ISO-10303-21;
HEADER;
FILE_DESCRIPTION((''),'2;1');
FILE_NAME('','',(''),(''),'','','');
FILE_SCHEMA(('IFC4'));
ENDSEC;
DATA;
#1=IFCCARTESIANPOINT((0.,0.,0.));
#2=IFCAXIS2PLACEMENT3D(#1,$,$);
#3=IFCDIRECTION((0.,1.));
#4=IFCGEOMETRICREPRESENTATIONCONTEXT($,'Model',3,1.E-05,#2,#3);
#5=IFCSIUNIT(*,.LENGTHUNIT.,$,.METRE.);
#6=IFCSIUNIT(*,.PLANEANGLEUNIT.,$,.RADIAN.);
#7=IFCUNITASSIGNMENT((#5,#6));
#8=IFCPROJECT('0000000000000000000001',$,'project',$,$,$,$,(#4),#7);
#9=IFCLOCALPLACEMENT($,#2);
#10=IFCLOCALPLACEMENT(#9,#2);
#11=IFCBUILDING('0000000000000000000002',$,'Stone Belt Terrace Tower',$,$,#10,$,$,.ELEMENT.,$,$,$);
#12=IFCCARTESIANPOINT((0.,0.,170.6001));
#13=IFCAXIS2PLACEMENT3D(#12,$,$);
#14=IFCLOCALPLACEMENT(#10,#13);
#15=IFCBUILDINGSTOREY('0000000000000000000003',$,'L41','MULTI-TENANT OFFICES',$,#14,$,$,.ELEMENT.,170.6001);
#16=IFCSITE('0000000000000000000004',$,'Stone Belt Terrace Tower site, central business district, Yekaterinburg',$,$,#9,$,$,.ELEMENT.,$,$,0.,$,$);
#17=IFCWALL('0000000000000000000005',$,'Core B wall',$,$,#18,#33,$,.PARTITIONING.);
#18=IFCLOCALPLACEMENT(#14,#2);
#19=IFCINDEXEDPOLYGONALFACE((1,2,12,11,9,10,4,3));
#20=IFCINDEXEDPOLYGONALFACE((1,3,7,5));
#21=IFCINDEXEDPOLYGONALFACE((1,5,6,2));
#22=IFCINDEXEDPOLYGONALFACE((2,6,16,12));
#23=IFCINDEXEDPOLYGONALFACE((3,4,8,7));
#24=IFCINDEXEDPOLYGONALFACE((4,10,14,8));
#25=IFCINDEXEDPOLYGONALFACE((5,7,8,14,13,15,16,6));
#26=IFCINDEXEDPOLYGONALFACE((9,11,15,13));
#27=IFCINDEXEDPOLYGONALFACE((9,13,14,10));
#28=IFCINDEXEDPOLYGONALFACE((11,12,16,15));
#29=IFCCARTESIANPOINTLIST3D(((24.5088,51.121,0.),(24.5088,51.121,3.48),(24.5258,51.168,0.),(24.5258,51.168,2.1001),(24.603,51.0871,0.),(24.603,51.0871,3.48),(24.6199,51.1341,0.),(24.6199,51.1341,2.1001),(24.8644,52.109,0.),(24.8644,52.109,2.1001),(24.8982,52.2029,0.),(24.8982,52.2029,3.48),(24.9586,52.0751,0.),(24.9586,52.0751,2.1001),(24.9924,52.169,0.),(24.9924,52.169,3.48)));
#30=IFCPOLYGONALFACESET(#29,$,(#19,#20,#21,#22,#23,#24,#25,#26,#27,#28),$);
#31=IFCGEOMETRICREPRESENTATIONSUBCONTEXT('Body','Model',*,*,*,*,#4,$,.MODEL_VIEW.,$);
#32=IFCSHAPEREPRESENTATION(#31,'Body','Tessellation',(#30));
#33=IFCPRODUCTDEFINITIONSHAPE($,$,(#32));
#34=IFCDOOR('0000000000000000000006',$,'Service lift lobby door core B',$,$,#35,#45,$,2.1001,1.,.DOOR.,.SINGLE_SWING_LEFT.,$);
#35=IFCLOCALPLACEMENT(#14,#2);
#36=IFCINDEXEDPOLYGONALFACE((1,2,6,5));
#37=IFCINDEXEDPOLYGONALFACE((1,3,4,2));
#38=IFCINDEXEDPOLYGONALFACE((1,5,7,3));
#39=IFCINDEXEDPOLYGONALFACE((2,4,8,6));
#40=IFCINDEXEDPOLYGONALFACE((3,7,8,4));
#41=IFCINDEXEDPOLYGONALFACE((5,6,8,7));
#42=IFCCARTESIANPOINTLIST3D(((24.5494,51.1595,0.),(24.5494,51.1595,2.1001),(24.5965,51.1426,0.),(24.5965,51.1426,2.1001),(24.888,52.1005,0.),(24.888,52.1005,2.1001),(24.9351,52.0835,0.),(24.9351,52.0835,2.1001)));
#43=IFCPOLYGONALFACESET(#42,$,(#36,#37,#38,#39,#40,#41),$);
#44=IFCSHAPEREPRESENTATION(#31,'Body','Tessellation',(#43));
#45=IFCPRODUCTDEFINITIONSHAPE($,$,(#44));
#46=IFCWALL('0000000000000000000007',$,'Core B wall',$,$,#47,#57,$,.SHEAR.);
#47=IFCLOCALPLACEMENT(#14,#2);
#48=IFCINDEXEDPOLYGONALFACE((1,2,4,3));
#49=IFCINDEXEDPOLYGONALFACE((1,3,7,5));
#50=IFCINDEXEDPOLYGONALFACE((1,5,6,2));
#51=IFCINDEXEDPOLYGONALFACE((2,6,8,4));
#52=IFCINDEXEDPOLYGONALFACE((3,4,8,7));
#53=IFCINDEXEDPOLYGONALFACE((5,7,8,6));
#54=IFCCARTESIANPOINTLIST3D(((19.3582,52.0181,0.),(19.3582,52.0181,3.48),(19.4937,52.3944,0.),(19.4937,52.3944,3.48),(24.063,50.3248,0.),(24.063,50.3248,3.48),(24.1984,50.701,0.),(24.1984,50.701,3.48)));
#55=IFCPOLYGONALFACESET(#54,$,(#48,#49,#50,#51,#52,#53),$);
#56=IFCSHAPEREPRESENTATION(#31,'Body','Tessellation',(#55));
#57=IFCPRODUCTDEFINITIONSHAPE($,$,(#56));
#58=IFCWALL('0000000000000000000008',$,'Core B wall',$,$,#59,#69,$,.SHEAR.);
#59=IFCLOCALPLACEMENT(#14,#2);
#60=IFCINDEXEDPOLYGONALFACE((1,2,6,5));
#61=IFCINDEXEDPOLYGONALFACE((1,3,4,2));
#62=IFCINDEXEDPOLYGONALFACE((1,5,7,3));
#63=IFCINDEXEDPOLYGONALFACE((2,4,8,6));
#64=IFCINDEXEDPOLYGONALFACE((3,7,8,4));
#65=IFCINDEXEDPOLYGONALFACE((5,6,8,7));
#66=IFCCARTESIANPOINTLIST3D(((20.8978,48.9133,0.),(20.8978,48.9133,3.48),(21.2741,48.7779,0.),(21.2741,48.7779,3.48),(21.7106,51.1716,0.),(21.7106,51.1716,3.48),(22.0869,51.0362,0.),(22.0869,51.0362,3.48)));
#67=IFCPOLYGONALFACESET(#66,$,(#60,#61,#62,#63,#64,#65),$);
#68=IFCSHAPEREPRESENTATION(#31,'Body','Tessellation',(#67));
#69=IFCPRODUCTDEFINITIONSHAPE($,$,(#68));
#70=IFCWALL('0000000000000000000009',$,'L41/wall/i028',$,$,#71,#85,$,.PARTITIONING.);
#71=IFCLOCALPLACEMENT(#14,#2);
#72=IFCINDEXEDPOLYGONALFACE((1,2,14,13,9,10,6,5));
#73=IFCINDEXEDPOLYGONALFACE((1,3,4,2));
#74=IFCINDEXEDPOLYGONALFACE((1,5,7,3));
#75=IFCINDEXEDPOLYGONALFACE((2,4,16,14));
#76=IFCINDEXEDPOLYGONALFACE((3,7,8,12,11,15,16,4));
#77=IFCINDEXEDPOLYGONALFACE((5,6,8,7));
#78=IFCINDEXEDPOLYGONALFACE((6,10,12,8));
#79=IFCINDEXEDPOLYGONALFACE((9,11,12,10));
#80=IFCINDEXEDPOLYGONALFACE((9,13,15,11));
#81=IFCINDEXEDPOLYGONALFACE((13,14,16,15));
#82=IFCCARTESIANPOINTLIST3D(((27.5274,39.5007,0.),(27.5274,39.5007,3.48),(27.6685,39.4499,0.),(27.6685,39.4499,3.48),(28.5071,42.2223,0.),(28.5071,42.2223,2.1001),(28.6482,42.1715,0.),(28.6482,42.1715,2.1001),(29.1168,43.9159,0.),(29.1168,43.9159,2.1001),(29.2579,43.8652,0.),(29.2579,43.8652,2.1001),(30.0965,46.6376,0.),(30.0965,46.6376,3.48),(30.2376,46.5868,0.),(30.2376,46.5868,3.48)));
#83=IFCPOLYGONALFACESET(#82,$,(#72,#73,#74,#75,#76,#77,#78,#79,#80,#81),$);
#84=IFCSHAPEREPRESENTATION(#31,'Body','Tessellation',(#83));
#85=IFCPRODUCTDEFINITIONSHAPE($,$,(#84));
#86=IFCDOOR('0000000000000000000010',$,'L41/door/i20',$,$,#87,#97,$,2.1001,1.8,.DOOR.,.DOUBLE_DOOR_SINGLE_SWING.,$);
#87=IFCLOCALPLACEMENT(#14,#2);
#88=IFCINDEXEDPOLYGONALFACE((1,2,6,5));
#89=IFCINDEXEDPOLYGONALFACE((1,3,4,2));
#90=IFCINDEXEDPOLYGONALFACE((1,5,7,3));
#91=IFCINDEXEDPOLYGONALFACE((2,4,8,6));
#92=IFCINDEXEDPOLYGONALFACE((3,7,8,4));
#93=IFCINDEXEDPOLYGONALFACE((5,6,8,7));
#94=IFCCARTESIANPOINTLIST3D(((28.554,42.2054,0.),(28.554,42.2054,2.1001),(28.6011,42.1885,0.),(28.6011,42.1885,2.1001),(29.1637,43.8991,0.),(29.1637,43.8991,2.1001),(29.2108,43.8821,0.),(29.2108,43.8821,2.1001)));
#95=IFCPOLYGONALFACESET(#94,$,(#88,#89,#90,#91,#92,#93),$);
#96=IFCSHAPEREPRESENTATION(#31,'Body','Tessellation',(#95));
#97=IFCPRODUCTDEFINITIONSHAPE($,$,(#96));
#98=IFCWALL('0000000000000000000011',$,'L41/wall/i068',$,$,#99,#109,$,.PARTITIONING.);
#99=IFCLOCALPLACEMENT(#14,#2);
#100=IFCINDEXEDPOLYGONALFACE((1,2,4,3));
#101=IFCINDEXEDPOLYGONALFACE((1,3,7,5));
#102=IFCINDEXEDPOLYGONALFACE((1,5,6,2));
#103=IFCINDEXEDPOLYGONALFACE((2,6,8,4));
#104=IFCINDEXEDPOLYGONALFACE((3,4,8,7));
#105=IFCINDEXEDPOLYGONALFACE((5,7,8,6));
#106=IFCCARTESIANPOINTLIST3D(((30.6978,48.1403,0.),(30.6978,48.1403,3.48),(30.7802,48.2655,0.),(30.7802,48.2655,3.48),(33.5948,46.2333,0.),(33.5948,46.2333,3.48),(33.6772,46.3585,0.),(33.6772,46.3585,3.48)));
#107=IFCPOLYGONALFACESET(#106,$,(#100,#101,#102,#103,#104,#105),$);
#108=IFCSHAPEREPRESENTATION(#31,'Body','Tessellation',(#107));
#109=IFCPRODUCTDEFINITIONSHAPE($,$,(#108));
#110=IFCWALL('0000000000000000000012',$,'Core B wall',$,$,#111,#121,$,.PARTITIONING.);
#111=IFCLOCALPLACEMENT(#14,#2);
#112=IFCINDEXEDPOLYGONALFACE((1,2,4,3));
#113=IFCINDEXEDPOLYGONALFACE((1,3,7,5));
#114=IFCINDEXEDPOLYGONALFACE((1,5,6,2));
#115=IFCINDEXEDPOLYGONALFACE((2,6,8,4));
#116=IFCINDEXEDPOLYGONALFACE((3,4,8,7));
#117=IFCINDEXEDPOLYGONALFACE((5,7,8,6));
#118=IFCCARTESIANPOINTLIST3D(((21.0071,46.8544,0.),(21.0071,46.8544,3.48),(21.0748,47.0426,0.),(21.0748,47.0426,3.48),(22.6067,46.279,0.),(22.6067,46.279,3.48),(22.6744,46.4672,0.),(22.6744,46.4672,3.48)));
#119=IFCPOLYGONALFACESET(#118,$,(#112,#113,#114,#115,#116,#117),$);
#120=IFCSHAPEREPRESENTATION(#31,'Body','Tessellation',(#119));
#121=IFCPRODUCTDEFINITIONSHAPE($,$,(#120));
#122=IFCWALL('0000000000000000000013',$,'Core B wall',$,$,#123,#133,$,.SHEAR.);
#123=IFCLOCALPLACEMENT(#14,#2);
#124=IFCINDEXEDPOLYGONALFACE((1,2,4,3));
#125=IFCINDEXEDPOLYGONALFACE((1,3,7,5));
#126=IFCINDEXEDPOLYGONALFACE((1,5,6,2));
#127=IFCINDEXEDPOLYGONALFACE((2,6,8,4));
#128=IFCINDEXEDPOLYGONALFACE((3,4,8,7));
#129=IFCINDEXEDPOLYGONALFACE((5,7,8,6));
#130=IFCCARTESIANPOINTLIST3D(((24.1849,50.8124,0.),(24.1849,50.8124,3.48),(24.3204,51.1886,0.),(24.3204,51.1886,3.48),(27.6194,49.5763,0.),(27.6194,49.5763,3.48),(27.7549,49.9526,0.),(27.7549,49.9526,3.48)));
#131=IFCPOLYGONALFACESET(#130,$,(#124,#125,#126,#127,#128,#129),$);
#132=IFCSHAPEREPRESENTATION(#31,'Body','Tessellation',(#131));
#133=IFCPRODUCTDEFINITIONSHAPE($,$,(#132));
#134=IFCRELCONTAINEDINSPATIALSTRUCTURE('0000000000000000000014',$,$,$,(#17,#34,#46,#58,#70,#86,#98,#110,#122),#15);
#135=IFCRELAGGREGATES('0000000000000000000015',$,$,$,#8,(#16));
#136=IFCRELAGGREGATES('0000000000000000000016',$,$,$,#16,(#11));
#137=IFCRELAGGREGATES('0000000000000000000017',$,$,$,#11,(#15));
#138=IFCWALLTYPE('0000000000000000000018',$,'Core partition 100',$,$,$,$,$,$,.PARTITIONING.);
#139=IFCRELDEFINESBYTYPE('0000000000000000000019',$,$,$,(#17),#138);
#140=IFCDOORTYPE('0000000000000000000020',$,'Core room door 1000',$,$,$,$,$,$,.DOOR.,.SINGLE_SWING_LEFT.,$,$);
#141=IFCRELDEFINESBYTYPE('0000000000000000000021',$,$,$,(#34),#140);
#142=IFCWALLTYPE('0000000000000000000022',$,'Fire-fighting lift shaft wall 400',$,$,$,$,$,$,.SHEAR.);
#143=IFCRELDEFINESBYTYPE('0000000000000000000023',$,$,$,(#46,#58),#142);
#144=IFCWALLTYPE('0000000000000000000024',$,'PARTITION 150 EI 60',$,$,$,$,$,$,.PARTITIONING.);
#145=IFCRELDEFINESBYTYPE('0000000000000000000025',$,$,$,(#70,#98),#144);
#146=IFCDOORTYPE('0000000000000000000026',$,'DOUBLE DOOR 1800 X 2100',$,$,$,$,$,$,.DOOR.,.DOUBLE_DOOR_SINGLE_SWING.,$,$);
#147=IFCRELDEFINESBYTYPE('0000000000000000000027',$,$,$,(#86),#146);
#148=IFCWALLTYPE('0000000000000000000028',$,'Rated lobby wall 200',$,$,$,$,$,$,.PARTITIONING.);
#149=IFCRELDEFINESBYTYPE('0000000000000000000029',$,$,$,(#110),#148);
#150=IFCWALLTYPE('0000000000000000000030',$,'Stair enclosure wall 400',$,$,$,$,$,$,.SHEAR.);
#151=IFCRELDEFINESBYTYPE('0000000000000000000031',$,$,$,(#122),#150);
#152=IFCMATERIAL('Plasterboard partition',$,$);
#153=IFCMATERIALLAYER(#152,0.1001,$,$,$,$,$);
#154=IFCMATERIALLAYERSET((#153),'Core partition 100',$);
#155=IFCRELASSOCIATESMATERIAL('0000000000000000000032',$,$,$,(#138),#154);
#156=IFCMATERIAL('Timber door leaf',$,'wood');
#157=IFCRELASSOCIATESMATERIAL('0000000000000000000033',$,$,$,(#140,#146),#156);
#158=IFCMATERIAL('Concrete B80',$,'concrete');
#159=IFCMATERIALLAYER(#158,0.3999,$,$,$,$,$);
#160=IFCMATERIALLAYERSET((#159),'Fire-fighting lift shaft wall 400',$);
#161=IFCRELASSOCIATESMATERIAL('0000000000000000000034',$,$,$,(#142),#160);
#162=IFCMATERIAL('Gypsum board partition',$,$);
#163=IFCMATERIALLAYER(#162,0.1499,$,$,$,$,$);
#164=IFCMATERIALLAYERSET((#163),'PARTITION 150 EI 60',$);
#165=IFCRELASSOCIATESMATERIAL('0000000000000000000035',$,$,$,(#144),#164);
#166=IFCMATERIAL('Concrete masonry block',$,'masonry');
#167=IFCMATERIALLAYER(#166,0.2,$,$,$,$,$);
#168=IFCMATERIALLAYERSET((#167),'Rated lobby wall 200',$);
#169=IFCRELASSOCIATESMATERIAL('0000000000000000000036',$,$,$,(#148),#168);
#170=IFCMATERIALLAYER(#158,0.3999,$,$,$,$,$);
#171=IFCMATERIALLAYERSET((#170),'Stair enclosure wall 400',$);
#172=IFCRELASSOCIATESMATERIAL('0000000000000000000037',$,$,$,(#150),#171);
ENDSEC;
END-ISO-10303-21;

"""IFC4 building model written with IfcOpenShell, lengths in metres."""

from ifc_helpers import new_model, si_unit, direction, frame, frame_2d, origin, place, context, subcontext, project, spatial, rectangle, extrude, material, layer, layer_set, type_object, element, fill, save


model = new_model("IFC4")

# Units and contexts
model_context = context("Model", 3, precision=1e-05, world=origin(), true_north=direction((0.0, 1.0)))
body_context = subcontext(model_context, "Body", "Model", "MODEL_VIEW")
ifc_project = project(units=[si_unit("LENGTHUNIT", "METRE"), si_unit("PLANEANGLEUNIT", "RADIAN")], contexts=[model_context])

# Site, building, storey
site_placement = place(None, origin())
site = spatial("IfcSite", under=ifc_project, at=site_placement, Name="Stone Belt Terrace Tower site, central business district, Yekaterinburg", CompositionType="ELEMENT", RefElevation=0.0)
building_placement = place(site_placement, origin())
building = spatial("IfcBuilding", under=site, at=building_placement, Name="Stone Belt Terrace Tower", CompositionType="ELEMENT")
storey_placement = place(building_placement, frame((0.0, 0.0, 170.6001)))
storey = spatial("IfcBuildingStorey", under=building, at=storey_placement, Name="L41", Description="MULTI-TENANT OFFICES", CompositionType="ELEMENT", Elevation=170.6001)

# Wall, opening, door
ifc_material_1 = material(Name="Plasterboard partition")
ifc_layer_1 = layer(ifc_material_1, 0.1001)
ifc_layer_set_1 = layer_set([ifc_layer_1], Name="Core partition 100")
wall_type_1 = type_object("IfcWallType", Name="Core partition 100", PredefinedType="PARTITIONING", material=ifc_layer_set_1)
wall_1_placement = place(storey_placement, frame((24.5559, 51.104, 0.0), z_axis=(0.0, 0.0, 1.0), x_axis=(0.338622, 0.940923, 0.0)))
wall_1 = element("IfcWall", 1, at=wall_1_placement, inside=storey, type_object=wall_type_1, Name="Core B wall", PredefinedType="PARTITIONING", context=body_context, shape_type="SweptSolid", body=[
    extrude(rectangle(XDim=1.1499, YDim=0.1001, at=frame_2d((0.575, 0.0))), origin(), (0.0, 0.0, 1.0), 3.48),
])
opening_1_placement = place(wall_1_placement, frame((0.05, 0.0, 0.0)))
opening_1 = element("IfcOpeningElement", 2, at=opening_1_placement, cuts=wall_1, PredefinedType="OPENING", context=body_context, shape_type="SweptSolid", body=[
    extrude(rectangle(XDim=1.0, YDim=2.1001, at=frame_2d((0.5, 1.05))), frame((0.0, 0.0601, 0.0), z_axis=(0.0, -1.0, 0.0), x_axis=(1.0, 0.0, 0.0)), (0.0, 0.0, 1.0), 0.1201),
])
ifc_material_2 = material(Name="Timber door leaf", Category="wood")
door_type_1 = type_object("IfcDoorType", Name="Core room door 1000", OperationType="SINGLE_SWING_LEFT", PredefinedType="DOOR", material=ifc_material_2)
door_1_placement = place(opening_1_placement, origin())
door_1 = element("IfcDoor", 3, at=door_1_placement, inside=storey, type_object=door_type_1, Name="Service lift lobby door core B", OperationType="SINGLE_SWING_LEFT", OverallHeight=2.1001, OverallWidth=1.0, PredefinedType="DOOR", context=body_context, shape_type="SweptSolid", body=[
    extrude(rectangle(XDim=1.0, YDim=2.1001, at=frame_2d((0.5, 1.05))), frame((0.0, 0.0249, 0.0), z_axis=(0.0, -1.0, 0.0), x_axis=(1.0, 0.0, 0.0)), (0.0, 0.0, 1.0), 0.05),
])
fill(opening_1, door_1)

# Walls
ifc_material_3 = material(Name="Concrete B80", Category="concrete")
ifc_layer_2 = layer(ifc_material_3, 0.3999)
ifc_layer_set_2 = layer_set([ifc_layer_2], Name="Fire-fighting lift shaft wall 400")
wall_type_2 = type_object("IfcWallType", Name="Fire-fighting lift shaft wall 400", PredefinedType="SHEAR", material=ifc_layer_set_2)
wall_2_placement = place(storey_placement, frame((24.1306, 50.5129, 0.0), z_axis=(0.0, 0.0, 1.0), x_axis=(-0.940912, 0.338652, 0.0)))
element("IfcWall", 4, at=wall_2_placement, inside=storey, type_object=wall_type_2, Name="Core B wall", PredefinedType="SHEAR", context=body_context, shape_type="SweptSolid", body=[
    extrude(rectangle(XDim=5.0002, YDim=0.3999, at=frame_2d((2.5, 0.0))), origin(), (0.0, 0.0, 1.0), 3.48),
])
wall_3_placement = place(storey_placement, frame((21.0859, 48.8455, 0.0), z_axis=(0.0, 0.0, 1.0), x_axis=(0.338629, 0.94092, 0.0)))
element("IfcWall", 5, at=wall_3_placement, inside=storey, type_object=wall_type_2, Name="Core B wall", PredefinedType="SHEAR", context=body_context, shape_type="SweptSolid", body=[
    extrude(rectangle(XDim=2.4001, YDim=0.3999, at=frame_2d((1.2002, 0.0))), origin(), (0.0, 0.0, 1.0), 3.48),
])

# Wall, opening, door
ifc_material_4 = material(Name="Gypsum board partition")
ifc_layer_3 = layer(ifc_material_4, 0.1499)
ifc_layer_set_3 = layer_set([ifc_layer_3], Name="PARTITION 150 EI 60")
wall_type_3 = type_object("IfcWallType", Name="PARTITION 150 EI 60", PredefinedType="PARTITIONING", material=ifc_layer_set_3)
wall_4_placement = place(storey_placement, frame((30.167, 46.6121, 0.0), z_axis=(0.0, 0.0, 1.0), x_axis=(-0.338694, -0.940896, 0.0)))
wall_4 = element("IfcWall", 6, at=wall_4_placement, inside=storey, type_object=wall_type_3, Name="L41/wall/i028", PredefinedType="PARTITIONING", context=body_context, shape_type="SweptSolid", body=[
    extrude(rectangle(XDim=7.5852, YDim=0.1499, at=frame_2d((3.7925, 0.0))), origin(), (0.0, 0.0, 1.0), 3.48),
])
opening_2_placement = place(wall_4_placement, frame((2.8926, 0.0, 0.0)))
opening_2 = element("IfcOpeningElement", 7, at=opening_2_placement, cuts=wall_4, PredefinedType="OPENING", context=body_context, shape_type="SweptSolid", body=[
    extrude(rectangle(XDim=1.8, YDim=2.1001, at=frame_2d((0.8999, 1.05))), frame((0.0, 0.085, 0.0), z_axis=(0.0, -1.0, 0.0), x_axis=(1.0, 0.0, 0.0)), (0.0, 0.0, 1.0), 0.1699),
])
door_type_2 = type_object("IfcDoorType", Name="DOUBLE DOOR 1800 X 2100", OperationType="DOUBLE_DOOR_SINGLE_SWING", PredefinedType="DOOR", material=ifc_material_2)
door_2_placement = place(opening_2_placement, origin())
door_2 = element("IfcDoor", 8, at=door_2_placement, inside=storey, type_object=door_type_2, Name="L41/door/i20", OperationType="DOUBLE_DOOR_SINGLE_SWING", OverallHeight=2.1001, OverallWidth=1.8, PredefinedType="DOOR", context=body_context, shape_type="SweptSolid", body=[
    extrude(rectangle(XDim=1.8, YDim=2.1001, at=frame_2d((0.8999, 1.05))), frame((0.0, 0.0249, 0.0), z_axis=(0.0, -1.0, 0.0), x_axis=(1.0, 0.0, 0.0)), (0.0, 0.0, 1.0), 0.05),
])
fill(opening_2, door_2)

# Walls
wall_5_placement = place(storey_placement, frame((30.739, 48.2029, 0.0), z_axis=(0.0, 0.0, 1.0), x_axis=(0.835274, -0.549834, 0.0)))
element("IfcWall", 9, at=wall_5_placement, inside=storey, type_object=wall_type_3, Name="L41/wall/i068", PredefinedType="PARTITIONING", context=body_context, shape_type="SweptSolid", body=[
    extrude(rectangle(XDim=3.4683, YDim=0.1499, at=frame_2d((1.7341, 0.0))), origin(), (0.0, 0.0, 1.0), 3.48),
])
ifc_material_5 = material(Name="Concrete masonry block", Category="masonry")
ifc_layer_4 = layer(ifc_material_5, 0.2)
ifc_layer_set_4 = layer_set([ifc_layer_4], Name="Rated lobby wall 200")
wall_type_4 = type_object("IfcWallType", Name="Rated lobby wall 200", PredefinedType="PARTITIONING", material=ifc_layer_set_4)
wall_6_placement = place(storey_placement, frame((22.6406, 46.373, 0.0), z_axis=(0.0, 0.0, 1.0), x_axis=(-0.940966, 0.338501, 0.0)))
element("IfcWall", 10, at=wall_6_placement, inside=storey, type_object=wall_type_4, Name="Core B wall", PredefinedType="PARTITIONING", context=body_context, shape_type="SweptSolid", body=[
    extrude(rectangle(XDim=1.7, YDim=0.2, at=frame_2d((0.8501, 0.0))), origin(), (0.0, 0.0, 1.0), 3.48),
])
ifc_layer_5 = layer(ifc_material_3, 0.3999)
ifc_layer_set_5 = layer_set([ifc_layer_5], Name="Stair enclosure wall 400")
wall_type_5 = type_object("IfcWallType", Name="Stair enclosure wall 400", PredefinedType="SHEAR", material=ifc_layer_set_5)
wall_7_placement = place(storey_placement, frame((27.6873, 49.7644, 0.0), z_axis=(0.0, 0.0, 1.0), x_axis=(-0.940919, 0.338632, 0.0)))
element("IfcWall", 11, at=wall_7_placement, inside=storey, type_object=wall_type_5, Name="Core B wall", PredefinedType="SHEAR", context=body_context, shape_type="SweptSolid", body=[
    extrude(rectangle(XDim=3.6501, YDim=0.3999, at=frame_2d((1.8252, 0.0))), origin(), (0.0, 0.0, 1.0), 3.48),
])

save(model, "model.ifc")
